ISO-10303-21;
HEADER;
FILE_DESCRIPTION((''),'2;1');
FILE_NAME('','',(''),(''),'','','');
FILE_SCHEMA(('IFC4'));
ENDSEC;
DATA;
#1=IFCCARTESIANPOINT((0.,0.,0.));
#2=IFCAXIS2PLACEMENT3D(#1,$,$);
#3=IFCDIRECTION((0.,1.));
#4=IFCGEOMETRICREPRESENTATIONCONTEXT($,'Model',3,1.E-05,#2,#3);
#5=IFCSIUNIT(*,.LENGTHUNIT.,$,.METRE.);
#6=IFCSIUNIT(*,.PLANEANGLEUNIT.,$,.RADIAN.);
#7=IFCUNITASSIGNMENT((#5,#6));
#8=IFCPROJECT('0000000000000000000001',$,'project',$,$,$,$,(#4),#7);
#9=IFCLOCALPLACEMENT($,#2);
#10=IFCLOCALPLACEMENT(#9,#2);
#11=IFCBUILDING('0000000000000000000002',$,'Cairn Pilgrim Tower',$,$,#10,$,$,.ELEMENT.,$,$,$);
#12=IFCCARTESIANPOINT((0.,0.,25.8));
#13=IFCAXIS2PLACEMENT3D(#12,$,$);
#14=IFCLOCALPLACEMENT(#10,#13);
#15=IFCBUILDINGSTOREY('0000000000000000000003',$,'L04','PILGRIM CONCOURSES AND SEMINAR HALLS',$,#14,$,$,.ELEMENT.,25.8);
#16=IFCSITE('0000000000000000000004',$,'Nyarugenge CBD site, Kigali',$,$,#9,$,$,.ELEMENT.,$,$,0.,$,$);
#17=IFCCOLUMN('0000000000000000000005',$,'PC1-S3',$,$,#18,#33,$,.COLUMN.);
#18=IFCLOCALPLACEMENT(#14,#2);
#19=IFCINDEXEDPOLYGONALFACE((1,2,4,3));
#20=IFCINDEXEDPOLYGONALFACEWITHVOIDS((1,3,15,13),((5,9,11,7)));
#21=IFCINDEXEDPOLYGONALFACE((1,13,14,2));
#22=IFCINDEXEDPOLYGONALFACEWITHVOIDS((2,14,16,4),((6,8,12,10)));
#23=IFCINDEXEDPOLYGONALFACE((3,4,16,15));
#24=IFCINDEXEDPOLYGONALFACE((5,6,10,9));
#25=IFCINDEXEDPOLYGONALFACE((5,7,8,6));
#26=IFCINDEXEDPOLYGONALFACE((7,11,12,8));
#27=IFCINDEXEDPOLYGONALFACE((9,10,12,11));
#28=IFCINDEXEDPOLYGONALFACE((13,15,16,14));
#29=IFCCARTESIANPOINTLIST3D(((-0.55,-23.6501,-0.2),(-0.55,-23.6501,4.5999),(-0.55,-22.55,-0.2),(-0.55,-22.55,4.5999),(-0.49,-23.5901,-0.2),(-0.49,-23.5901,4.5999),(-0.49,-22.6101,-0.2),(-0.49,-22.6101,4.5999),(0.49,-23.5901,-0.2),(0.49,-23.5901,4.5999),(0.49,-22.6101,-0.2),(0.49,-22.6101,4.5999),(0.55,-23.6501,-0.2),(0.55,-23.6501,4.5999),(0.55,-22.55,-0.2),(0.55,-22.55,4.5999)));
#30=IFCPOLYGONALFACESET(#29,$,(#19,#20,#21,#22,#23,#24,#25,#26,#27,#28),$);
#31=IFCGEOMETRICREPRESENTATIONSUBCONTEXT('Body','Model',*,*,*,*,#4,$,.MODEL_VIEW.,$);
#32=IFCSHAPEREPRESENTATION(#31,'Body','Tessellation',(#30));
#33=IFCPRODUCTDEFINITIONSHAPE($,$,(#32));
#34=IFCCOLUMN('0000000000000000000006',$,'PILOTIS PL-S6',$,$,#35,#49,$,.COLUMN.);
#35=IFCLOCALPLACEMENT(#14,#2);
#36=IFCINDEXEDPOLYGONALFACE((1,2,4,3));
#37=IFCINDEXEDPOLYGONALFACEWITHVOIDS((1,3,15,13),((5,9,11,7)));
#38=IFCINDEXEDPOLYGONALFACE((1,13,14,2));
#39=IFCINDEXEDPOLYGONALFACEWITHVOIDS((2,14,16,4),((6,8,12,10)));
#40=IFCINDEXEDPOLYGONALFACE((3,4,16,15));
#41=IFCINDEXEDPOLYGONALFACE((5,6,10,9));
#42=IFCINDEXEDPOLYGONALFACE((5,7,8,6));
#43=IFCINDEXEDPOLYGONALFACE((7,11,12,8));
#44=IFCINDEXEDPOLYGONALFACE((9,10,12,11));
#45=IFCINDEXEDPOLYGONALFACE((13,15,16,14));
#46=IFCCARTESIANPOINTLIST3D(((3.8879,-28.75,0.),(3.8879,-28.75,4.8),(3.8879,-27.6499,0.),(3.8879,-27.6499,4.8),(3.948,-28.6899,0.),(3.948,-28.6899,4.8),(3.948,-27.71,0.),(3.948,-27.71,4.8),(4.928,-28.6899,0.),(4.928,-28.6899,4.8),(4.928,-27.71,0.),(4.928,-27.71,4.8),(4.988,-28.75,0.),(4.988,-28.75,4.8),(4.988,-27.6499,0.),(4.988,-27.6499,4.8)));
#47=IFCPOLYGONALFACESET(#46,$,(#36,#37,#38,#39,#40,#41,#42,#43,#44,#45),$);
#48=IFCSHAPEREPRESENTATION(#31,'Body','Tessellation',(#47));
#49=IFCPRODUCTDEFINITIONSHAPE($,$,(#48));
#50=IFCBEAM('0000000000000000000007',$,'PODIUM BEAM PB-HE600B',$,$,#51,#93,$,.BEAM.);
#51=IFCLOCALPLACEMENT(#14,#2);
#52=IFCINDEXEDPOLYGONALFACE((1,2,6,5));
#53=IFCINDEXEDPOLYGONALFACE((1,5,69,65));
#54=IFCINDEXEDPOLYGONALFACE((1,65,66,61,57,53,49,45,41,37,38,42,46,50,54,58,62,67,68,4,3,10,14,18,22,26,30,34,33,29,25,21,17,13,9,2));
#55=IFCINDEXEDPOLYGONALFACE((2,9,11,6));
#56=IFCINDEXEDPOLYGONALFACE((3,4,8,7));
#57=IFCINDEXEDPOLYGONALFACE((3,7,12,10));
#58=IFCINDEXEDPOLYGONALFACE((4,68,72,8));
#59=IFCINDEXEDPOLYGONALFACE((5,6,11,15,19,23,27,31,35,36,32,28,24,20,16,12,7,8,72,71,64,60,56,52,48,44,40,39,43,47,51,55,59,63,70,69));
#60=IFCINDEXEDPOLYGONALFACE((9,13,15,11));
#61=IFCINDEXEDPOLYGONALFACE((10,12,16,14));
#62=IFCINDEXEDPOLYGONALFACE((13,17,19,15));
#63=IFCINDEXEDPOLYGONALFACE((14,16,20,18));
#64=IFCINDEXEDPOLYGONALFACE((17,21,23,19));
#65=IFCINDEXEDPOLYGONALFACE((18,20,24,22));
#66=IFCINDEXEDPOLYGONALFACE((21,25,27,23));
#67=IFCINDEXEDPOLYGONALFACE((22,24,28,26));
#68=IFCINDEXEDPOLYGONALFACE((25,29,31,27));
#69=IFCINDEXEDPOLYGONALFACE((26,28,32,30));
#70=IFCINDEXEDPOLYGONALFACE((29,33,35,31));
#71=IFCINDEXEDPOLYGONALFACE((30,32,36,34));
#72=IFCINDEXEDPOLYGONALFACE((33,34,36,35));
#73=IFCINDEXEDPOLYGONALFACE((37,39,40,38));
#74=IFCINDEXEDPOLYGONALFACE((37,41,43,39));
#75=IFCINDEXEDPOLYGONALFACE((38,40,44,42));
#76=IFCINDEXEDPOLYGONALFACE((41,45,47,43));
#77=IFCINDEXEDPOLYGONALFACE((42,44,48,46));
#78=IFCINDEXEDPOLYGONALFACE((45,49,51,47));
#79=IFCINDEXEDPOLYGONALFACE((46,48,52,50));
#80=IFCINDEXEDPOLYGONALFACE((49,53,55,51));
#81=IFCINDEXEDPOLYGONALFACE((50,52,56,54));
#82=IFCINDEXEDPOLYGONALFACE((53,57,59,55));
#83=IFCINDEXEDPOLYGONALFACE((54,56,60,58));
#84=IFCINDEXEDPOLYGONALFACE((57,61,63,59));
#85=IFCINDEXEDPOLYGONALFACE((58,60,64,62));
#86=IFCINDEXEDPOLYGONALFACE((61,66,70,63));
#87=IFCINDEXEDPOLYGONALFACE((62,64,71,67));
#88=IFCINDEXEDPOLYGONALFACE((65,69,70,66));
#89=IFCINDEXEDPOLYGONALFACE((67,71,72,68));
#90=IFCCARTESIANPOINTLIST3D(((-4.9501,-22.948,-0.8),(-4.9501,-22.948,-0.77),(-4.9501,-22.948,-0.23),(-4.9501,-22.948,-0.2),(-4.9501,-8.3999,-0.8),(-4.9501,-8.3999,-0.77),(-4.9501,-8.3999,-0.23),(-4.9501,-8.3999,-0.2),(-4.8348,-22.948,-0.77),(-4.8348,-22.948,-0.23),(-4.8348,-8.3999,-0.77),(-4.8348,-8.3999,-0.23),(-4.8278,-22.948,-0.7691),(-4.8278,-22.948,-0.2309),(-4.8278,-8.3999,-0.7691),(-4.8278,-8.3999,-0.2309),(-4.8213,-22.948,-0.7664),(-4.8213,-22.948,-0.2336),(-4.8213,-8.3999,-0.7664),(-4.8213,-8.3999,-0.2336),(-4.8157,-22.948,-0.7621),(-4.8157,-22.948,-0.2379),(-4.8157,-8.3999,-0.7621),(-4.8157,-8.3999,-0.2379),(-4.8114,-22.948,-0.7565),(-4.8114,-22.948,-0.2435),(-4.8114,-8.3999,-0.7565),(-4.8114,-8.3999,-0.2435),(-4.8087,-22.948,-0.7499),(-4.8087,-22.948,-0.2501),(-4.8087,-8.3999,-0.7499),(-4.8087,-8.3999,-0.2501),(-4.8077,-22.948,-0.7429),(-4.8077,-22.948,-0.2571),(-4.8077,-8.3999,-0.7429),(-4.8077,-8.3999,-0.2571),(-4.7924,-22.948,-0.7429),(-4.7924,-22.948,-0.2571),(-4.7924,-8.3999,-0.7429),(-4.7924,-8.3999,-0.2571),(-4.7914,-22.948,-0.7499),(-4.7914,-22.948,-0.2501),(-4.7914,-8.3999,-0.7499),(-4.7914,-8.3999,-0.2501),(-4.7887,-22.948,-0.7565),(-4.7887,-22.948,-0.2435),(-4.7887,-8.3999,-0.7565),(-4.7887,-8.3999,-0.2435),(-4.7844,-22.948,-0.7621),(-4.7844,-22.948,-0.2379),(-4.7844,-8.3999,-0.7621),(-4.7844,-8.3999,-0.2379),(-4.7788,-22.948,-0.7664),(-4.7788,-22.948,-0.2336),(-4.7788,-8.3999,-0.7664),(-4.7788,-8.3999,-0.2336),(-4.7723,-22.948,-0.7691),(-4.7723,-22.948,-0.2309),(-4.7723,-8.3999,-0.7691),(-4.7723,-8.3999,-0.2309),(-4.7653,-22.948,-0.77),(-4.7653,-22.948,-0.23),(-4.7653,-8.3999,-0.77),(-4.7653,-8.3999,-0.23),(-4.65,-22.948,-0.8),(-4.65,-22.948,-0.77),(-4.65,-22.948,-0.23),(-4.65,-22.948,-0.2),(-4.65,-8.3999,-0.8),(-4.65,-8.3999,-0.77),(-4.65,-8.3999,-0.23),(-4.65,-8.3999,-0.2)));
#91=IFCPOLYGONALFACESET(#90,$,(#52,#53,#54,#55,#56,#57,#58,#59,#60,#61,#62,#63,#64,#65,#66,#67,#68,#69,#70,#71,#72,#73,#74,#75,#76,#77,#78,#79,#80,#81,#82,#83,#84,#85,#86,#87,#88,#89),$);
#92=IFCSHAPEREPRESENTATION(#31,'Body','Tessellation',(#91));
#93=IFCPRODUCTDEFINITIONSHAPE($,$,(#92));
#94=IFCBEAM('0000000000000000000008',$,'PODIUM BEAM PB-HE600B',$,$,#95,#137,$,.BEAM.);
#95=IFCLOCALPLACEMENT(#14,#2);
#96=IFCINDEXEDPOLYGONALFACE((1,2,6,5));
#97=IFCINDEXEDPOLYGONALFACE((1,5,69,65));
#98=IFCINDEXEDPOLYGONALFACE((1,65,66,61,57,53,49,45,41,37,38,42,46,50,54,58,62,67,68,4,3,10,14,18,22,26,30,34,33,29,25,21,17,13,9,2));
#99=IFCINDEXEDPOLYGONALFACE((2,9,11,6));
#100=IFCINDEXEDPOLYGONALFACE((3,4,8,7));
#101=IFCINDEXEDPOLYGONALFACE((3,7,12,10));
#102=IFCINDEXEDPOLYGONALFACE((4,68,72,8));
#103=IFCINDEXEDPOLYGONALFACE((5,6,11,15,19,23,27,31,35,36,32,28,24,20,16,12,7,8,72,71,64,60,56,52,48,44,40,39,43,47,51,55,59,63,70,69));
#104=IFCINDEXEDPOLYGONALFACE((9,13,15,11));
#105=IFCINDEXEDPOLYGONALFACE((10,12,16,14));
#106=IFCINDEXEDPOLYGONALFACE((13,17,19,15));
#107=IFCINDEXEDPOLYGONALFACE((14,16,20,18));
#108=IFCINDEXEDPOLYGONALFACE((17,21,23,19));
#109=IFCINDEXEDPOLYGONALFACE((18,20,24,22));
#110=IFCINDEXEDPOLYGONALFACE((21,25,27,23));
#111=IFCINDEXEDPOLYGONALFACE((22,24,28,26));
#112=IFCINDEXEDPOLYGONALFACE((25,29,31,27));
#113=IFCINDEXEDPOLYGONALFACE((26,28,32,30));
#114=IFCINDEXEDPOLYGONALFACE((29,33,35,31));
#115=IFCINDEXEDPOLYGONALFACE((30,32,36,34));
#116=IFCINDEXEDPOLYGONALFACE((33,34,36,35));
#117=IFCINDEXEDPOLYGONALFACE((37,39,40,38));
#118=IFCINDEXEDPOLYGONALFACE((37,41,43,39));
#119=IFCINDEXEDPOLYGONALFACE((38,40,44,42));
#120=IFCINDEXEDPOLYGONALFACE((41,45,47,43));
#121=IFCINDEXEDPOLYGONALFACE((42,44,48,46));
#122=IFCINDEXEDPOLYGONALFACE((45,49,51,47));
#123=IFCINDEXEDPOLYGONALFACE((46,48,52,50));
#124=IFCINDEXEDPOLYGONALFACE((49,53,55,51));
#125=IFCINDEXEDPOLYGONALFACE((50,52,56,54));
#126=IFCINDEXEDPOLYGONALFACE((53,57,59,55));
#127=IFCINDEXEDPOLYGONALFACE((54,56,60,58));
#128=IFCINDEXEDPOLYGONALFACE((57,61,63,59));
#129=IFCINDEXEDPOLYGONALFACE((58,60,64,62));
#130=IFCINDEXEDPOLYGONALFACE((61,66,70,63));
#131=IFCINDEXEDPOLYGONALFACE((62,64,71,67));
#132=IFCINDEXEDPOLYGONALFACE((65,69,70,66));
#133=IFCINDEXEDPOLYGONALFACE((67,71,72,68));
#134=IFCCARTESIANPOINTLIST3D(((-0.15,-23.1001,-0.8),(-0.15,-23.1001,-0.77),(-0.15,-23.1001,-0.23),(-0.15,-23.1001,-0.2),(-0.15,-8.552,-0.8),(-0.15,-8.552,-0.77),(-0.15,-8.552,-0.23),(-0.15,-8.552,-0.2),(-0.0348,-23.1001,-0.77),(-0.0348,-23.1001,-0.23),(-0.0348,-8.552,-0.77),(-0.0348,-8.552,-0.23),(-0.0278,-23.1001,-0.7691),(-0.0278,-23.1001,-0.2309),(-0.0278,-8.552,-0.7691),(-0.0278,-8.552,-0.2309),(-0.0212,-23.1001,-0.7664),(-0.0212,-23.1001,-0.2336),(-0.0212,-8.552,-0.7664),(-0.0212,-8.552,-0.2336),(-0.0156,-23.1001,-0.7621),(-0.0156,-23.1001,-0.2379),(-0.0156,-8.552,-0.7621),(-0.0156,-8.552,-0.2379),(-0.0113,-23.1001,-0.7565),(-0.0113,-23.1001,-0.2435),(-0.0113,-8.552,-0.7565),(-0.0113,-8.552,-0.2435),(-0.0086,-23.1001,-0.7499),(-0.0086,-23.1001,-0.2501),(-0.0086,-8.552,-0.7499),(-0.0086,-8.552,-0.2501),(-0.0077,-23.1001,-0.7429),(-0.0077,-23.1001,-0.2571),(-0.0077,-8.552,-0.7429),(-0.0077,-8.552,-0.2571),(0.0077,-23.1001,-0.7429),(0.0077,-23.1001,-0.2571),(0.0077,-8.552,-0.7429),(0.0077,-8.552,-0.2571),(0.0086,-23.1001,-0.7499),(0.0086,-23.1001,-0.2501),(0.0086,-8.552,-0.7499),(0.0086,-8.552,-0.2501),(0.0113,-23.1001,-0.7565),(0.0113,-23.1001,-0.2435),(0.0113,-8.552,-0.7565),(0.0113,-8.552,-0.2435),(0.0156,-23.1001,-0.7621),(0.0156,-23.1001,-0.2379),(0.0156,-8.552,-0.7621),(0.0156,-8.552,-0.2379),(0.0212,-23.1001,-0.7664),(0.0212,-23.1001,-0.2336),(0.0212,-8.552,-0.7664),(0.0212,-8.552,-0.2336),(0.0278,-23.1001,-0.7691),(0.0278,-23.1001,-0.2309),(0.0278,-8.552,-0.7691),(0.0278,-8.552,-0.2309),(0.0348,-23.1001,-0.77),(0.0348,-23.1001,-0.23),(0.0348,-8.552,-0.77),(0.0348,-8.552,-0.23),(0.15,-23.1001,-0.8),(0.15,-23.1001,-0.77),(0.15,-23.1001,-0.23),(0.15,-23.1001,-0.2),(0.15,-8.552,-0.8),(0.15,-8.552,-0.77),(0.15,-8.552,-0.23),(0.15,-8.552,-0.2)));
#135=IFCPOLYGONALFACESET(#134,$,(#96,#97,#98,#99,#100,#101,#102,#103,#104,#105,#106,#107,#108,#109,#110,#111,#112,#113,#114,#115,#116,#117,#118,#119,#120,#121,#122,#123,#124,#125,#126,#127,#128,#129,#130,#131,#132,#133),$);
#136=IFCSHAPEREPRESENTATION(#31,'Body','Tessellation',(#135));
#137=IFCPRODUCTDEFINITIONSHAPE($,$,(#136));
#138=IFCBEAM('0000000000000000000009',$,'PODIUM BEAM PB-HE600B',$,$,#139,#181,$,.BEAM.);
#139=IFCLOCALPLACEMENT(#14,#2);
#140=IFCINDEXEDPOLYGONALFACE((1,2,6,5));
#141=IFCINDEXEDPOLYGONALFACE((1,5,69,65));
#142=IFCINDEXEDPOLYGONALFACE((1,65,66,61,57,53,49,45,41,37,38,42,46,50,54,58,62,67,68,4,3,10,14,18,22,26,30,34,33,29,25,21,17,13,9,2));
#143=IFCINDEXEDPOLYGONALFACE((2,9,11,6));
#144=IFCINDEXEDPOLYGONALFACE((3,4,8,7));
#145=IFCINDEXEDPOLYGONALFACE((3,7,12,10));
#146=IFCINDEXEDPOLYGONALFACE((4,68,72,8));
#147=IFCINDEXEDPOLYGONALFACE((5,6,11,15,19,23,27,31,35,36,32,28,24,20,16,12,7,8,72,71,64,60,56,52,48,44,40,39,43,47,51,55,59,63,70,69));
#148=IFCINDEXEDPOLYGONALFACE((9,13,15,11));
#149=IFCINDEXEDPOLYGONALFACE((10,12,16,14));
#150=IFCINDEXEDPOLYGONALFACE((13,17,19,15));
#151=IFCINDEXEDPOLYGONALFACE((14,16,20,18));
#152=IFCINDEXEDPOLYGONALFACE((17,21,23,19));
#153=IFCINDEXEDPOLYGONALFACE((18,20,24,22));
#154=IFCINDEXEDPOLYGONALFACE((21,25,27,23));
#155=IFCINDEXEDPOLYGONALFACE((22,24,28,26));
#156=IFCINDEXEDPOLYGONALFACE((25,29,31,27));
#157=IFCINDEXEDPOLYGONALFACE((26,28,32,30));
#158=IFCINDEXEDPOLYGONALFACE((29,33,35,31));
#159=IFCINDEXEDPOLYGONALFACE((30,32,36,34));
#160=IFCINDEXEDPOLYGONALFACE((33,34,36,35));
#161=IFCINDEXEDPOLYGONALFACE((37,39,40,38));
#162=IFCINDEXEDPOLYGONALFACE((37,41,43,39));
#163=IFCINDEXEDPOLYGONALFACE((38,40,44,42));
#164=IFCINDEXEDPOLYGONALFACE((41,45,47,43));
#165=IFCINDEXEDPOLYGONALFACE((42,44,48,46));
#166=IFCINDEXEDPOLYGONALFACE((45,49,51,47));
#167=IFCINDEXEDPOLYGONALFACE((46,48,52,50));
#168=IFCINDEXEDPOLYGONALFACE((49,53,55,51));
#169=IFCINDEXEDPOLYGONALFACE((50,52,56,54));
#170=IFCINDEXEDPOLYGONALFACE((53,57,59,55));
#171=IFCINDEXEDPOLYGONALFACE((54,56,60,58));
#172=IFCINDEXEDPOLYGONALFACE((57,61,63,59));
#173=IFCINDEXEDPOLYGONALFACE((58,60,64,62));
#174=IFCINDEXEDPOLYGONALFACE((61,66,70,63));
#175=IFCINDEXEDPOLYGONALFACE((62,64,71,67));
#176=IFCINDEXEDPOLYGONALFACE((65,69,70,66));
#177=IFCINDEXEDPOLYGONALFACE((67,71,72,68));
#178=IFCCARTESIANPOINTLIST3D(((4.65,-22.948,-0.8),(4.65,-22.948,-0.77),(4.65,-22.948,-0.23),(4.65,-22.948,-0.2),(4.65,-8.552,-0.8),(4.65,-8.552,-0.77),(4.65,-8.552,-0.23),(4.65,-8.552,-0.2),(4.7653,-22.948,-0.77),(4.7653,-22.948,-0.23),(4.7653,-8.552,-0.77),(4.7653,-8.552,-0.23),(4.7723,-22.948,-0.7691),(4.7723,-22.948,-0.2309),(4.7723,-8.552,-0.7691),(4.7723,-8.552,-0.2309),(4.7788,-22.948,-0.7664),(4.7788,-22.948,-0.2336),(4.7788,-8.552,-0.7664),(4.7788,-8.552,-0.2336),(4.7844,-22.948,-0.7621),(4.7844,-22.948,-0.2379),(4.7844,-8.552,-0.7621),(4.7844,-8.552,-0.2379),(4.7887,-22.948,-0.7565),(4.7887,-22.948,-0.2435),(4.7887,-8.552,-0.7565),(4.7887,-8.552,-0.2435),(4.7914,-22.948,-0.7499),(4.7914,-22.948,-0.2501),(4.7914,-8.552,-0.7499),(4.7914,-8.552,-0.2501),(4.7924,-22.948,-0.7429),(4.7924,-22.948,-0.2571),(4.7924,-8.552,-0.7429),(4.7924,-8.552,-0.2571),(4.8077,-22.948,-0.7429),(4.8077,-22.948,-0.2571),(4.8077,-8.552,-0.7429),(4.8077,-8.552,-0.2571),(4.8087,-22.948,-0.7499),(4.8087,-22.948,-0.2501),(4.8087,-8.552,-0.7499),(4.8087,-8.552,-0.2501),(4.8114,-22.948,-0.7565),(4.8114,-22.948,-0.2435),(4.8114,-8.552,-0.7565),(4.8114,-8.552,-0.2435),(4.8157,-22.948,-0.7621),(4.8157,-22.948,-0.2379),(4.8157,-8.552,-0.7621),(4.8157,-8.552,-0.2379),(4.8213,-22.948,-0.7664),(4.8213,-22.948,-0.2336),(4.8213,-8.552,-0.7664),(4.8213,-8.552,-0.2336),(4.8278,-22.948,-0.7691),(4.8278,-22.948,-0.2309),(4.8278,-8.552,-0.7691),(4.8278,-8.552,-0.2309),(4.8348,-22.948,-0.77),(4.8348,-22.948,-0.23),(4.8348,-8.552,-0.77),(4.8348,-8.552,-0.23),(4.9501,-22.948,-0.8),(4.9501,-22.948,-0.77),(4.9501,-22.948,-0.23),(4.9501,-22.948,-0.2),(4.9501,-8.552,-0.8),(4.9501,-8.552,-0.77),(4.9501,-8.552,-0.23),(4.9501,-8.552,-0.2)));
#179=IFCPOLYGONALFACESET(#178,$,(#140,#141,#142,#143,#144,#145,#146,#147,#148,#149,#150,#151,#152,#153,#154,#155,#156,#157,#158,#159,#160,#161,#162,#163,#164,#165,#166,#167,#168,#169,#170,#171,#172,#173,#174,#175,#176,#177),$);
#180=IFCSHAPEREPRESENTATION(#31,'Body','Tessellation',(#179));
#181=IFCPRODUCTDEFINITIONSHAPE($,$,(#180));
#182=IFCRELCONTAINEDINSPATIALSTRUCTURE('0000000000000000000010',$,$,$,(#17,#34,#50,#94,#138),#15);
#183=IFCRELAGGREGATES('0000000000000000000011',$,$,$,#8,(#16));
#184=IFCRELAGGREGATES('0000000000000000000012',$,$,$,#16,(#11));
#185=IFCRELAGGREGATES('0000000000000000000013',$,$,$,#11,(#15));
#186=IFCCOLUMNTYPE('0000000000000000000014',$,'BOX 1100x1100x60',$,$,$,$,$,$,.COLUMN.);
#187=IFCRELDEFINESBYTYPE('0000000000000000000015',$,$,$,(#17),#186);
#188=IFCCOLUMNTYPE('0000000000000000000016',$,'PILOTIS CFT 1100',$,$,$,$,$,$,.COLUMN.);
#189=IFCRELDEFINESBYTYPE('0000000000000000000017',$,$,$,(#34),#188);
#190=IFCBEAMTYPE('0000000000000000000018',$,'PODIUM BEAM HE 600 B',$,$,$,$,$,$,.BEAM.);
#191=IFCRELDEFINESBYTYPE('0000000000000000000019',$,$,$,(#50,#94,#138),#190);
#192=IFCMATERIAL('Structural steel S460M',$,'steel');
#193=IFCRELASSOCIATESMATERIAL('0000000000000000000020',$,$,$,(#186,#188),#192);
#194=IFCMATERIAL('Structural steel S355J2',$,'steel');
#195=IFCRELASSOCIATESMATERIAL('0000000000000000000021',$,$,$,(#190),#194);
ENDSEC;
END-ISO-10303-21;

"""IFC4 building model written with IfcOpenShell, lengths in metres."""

from ifc_helpers import new_model, si_unit, direction, frame, origin, origin_2d, place, context, subcontext, project, spatial, hollow_rectangle, i_section, extrude, material, material_profile, profile_set, type_object, element, save


model = new_model("IFC4")

# Units and contexts
model_context = context("Model", 3, precision=1e-05, world=origin(), true_north=direction((0.0, 1.0)))
body_context = subcontext(model_context, "Body", "Model", "MODEL_VIEW")
ifc_project = project(units=[si_unit("LENGTHUNIT", "METRE"), si_unit("PLANEANGLEUNIT", "RADIAN")], contexts=[model_context])

# Site, building, storey
site_placement = place(None, origin())
site = spatial("IfcSite", under=ifc_project, at=site_placement, Name="Nyarugenge CBD site, Kigali", CompositionType="ELEMENT", RefElevation=0.0)
building_placement = place(site_placement, origin())
building = spatial("IfcBuilding", under=site, at=building_placement, Name="Cairn Pilgrim Tower", CompositionType="ELEMENT")
storey_placement = place(building_placement, frame((0.0, 0.0, 25.8)))
storey = spatial("IfcBuildingStorey", under=building, at=storey_placement, Name="L04", Description="PILGRIM CONCOURSES AND SEMINAR HALLS", CompositionType="ELEMENT", Elevation=25.8)

# Columns
ifc_material_1 = material(Name="Structural steel S460M", Category="steel")
ifc_material_profile_1 = material_profile(ifc_material_1, hollow_rectangle(XDim=1.1001, YDim=1.1001, WallThickness=0.0601, at=origin_2d()), Name="BOX 1100x1100x60")
ifc_profile_set_1 = profile_set([ifc_material_profile_1], Name="Structural steel S460M")
column_type_1 = type_object("IfcColumnType", Name="BOX 1100x1100x60", PredefinedType="COLUMN", material=ifc_profile_set_1)
column_1_placement = place(storey_placement, frame((0.0, -23.1001, -0.2), z_axis=(0.0, 0.0, 1.0), x_axis=(1.0, 0.0, 0.0)))
element("IfcColumn", 1, at=column_1_placement, inside=storey, type_object=column_type_1, Name="PC1-S3", PredefinedType="COLUMN", context=body_context, shape_type="SweptSolid", body=[
    extrude(hollow_rectangle(XDim=1.1001, YDim=1.1001, WallThickness=0.0601, at=origin_2d()), origin(), (0.0, 0.0, 1.0), 4.7998),
])
ifc_material_profile_2 = material_profile(ifc_material_1, hollow_rectangle(XDim=1.1001, YDim=1.1001, WallThickness=0.0601, at=origin_2d()), Name="BOX 1100x1100x60")
ifc_profile_set_2 = profile_set([ifc_material_profile_2], Name="Structural steel S460M")
column_type_2 = type_object("IfcColumnType", Name="PILOTIS CFT 1100", PredefinedType="COLUMN", material=ifc_profile_set_2)
column_2_placement = place(storey_placement, frame((4.438, -28.2, 0.0), z_axis=(0.0, 0.0, 1.0), x_axis=(1.0, 0.0, 0.0)))
element("IfcColumn", 2, at=column_2_placement, inside=storey, type_object=column_type_2, Name="PILOTIS PL-S6", PredefinedType="COLUMN", context=body_context, shape_type="SweptSolid", body=[
    extrude(hollow_rectangle(XDim=1.1001, YDim=1.1001, WallThickness=0.0601, at=origin_2d()), origin(), (0.0, 0.0, 1.0), 4.8),
])

# Beams
ifc_material_2 = material(Name="Structural steel S355J2", Category="steel")
ifc_material_profile_3 = material_profile(ifc_material_2, i_section(OverallWidth=0.3, OverallDepth=0.6001, WebThickness=0.0154, FlangeThickness=0.03, FilletRadius=0.0271, at=origin_2d()), Name="HEB 600")
ifc_profile_set_3 = profile_set([ifc_material_profile_3], Name="Structural steel S355J2")
beam_type_1 = type_object("IfcBeamType", Name="PODIUM BEAM HE 600 B", PredefinedType="BEAM", material=ifc_profile_set_3)
for number, where, z_axis, x_axis, name in (
    (3, (-4.8, -22.948, -0.5), (0.0, 1.0, 0.0), (-1.0, 0.0, 0.0), "PODIUM BEAM PB-HE600B"),
    (4, (0.0, -23.1001, -0.5), (0.0, 1.0, 0.0), (-1.0, 0.0, 0.0), "PODIUM BEAM PB-HE600B"),
):
    element("IfcBeam", number, at=place(storey_placement, frame(where, z_axis=z_axis, x_axis=x_axis)), inside=storey, type_object=beam_type_1, Name=name, PredefinedType="BEAM", context=body_context, shape_type="SweptSolid", body=[
        extrude(i_section(OverallWidth=0.3, OverallDepth=0.6001, WebThickness=0.0154, FlangeThickness=0.03, FilletRadius=0.0271, at=origin_2d()), origin(), (0.0, 0.0, 1.0), 14.5481),
    ])
beam_1_placement = place(storey_placement, frame((4.8, -22.948, -0.5), z_axis=(0.0, 1.0, 0.0), x_axis=(-1.0, 0.0, 0.0)))
element("IfcBeam", 5, at=beam_1_placement, inside=storey, type_object=beam_type_1, Name="PODIUM BEAM PB-HE600B", PredefinedType="BEAM", context=body_context, shape_type="SweptSolid", body=[
    extrude(i_section(OverallWidth=0.3, OverallDepth=0.6001, WebThickness=0.0154, FlangeThickness=0.03, FilletRadius=0.0271, at=origin_2d()), origin(), (0.0, 0.0, 1.0), 14.396),
])

save(model, "model.ifc")
